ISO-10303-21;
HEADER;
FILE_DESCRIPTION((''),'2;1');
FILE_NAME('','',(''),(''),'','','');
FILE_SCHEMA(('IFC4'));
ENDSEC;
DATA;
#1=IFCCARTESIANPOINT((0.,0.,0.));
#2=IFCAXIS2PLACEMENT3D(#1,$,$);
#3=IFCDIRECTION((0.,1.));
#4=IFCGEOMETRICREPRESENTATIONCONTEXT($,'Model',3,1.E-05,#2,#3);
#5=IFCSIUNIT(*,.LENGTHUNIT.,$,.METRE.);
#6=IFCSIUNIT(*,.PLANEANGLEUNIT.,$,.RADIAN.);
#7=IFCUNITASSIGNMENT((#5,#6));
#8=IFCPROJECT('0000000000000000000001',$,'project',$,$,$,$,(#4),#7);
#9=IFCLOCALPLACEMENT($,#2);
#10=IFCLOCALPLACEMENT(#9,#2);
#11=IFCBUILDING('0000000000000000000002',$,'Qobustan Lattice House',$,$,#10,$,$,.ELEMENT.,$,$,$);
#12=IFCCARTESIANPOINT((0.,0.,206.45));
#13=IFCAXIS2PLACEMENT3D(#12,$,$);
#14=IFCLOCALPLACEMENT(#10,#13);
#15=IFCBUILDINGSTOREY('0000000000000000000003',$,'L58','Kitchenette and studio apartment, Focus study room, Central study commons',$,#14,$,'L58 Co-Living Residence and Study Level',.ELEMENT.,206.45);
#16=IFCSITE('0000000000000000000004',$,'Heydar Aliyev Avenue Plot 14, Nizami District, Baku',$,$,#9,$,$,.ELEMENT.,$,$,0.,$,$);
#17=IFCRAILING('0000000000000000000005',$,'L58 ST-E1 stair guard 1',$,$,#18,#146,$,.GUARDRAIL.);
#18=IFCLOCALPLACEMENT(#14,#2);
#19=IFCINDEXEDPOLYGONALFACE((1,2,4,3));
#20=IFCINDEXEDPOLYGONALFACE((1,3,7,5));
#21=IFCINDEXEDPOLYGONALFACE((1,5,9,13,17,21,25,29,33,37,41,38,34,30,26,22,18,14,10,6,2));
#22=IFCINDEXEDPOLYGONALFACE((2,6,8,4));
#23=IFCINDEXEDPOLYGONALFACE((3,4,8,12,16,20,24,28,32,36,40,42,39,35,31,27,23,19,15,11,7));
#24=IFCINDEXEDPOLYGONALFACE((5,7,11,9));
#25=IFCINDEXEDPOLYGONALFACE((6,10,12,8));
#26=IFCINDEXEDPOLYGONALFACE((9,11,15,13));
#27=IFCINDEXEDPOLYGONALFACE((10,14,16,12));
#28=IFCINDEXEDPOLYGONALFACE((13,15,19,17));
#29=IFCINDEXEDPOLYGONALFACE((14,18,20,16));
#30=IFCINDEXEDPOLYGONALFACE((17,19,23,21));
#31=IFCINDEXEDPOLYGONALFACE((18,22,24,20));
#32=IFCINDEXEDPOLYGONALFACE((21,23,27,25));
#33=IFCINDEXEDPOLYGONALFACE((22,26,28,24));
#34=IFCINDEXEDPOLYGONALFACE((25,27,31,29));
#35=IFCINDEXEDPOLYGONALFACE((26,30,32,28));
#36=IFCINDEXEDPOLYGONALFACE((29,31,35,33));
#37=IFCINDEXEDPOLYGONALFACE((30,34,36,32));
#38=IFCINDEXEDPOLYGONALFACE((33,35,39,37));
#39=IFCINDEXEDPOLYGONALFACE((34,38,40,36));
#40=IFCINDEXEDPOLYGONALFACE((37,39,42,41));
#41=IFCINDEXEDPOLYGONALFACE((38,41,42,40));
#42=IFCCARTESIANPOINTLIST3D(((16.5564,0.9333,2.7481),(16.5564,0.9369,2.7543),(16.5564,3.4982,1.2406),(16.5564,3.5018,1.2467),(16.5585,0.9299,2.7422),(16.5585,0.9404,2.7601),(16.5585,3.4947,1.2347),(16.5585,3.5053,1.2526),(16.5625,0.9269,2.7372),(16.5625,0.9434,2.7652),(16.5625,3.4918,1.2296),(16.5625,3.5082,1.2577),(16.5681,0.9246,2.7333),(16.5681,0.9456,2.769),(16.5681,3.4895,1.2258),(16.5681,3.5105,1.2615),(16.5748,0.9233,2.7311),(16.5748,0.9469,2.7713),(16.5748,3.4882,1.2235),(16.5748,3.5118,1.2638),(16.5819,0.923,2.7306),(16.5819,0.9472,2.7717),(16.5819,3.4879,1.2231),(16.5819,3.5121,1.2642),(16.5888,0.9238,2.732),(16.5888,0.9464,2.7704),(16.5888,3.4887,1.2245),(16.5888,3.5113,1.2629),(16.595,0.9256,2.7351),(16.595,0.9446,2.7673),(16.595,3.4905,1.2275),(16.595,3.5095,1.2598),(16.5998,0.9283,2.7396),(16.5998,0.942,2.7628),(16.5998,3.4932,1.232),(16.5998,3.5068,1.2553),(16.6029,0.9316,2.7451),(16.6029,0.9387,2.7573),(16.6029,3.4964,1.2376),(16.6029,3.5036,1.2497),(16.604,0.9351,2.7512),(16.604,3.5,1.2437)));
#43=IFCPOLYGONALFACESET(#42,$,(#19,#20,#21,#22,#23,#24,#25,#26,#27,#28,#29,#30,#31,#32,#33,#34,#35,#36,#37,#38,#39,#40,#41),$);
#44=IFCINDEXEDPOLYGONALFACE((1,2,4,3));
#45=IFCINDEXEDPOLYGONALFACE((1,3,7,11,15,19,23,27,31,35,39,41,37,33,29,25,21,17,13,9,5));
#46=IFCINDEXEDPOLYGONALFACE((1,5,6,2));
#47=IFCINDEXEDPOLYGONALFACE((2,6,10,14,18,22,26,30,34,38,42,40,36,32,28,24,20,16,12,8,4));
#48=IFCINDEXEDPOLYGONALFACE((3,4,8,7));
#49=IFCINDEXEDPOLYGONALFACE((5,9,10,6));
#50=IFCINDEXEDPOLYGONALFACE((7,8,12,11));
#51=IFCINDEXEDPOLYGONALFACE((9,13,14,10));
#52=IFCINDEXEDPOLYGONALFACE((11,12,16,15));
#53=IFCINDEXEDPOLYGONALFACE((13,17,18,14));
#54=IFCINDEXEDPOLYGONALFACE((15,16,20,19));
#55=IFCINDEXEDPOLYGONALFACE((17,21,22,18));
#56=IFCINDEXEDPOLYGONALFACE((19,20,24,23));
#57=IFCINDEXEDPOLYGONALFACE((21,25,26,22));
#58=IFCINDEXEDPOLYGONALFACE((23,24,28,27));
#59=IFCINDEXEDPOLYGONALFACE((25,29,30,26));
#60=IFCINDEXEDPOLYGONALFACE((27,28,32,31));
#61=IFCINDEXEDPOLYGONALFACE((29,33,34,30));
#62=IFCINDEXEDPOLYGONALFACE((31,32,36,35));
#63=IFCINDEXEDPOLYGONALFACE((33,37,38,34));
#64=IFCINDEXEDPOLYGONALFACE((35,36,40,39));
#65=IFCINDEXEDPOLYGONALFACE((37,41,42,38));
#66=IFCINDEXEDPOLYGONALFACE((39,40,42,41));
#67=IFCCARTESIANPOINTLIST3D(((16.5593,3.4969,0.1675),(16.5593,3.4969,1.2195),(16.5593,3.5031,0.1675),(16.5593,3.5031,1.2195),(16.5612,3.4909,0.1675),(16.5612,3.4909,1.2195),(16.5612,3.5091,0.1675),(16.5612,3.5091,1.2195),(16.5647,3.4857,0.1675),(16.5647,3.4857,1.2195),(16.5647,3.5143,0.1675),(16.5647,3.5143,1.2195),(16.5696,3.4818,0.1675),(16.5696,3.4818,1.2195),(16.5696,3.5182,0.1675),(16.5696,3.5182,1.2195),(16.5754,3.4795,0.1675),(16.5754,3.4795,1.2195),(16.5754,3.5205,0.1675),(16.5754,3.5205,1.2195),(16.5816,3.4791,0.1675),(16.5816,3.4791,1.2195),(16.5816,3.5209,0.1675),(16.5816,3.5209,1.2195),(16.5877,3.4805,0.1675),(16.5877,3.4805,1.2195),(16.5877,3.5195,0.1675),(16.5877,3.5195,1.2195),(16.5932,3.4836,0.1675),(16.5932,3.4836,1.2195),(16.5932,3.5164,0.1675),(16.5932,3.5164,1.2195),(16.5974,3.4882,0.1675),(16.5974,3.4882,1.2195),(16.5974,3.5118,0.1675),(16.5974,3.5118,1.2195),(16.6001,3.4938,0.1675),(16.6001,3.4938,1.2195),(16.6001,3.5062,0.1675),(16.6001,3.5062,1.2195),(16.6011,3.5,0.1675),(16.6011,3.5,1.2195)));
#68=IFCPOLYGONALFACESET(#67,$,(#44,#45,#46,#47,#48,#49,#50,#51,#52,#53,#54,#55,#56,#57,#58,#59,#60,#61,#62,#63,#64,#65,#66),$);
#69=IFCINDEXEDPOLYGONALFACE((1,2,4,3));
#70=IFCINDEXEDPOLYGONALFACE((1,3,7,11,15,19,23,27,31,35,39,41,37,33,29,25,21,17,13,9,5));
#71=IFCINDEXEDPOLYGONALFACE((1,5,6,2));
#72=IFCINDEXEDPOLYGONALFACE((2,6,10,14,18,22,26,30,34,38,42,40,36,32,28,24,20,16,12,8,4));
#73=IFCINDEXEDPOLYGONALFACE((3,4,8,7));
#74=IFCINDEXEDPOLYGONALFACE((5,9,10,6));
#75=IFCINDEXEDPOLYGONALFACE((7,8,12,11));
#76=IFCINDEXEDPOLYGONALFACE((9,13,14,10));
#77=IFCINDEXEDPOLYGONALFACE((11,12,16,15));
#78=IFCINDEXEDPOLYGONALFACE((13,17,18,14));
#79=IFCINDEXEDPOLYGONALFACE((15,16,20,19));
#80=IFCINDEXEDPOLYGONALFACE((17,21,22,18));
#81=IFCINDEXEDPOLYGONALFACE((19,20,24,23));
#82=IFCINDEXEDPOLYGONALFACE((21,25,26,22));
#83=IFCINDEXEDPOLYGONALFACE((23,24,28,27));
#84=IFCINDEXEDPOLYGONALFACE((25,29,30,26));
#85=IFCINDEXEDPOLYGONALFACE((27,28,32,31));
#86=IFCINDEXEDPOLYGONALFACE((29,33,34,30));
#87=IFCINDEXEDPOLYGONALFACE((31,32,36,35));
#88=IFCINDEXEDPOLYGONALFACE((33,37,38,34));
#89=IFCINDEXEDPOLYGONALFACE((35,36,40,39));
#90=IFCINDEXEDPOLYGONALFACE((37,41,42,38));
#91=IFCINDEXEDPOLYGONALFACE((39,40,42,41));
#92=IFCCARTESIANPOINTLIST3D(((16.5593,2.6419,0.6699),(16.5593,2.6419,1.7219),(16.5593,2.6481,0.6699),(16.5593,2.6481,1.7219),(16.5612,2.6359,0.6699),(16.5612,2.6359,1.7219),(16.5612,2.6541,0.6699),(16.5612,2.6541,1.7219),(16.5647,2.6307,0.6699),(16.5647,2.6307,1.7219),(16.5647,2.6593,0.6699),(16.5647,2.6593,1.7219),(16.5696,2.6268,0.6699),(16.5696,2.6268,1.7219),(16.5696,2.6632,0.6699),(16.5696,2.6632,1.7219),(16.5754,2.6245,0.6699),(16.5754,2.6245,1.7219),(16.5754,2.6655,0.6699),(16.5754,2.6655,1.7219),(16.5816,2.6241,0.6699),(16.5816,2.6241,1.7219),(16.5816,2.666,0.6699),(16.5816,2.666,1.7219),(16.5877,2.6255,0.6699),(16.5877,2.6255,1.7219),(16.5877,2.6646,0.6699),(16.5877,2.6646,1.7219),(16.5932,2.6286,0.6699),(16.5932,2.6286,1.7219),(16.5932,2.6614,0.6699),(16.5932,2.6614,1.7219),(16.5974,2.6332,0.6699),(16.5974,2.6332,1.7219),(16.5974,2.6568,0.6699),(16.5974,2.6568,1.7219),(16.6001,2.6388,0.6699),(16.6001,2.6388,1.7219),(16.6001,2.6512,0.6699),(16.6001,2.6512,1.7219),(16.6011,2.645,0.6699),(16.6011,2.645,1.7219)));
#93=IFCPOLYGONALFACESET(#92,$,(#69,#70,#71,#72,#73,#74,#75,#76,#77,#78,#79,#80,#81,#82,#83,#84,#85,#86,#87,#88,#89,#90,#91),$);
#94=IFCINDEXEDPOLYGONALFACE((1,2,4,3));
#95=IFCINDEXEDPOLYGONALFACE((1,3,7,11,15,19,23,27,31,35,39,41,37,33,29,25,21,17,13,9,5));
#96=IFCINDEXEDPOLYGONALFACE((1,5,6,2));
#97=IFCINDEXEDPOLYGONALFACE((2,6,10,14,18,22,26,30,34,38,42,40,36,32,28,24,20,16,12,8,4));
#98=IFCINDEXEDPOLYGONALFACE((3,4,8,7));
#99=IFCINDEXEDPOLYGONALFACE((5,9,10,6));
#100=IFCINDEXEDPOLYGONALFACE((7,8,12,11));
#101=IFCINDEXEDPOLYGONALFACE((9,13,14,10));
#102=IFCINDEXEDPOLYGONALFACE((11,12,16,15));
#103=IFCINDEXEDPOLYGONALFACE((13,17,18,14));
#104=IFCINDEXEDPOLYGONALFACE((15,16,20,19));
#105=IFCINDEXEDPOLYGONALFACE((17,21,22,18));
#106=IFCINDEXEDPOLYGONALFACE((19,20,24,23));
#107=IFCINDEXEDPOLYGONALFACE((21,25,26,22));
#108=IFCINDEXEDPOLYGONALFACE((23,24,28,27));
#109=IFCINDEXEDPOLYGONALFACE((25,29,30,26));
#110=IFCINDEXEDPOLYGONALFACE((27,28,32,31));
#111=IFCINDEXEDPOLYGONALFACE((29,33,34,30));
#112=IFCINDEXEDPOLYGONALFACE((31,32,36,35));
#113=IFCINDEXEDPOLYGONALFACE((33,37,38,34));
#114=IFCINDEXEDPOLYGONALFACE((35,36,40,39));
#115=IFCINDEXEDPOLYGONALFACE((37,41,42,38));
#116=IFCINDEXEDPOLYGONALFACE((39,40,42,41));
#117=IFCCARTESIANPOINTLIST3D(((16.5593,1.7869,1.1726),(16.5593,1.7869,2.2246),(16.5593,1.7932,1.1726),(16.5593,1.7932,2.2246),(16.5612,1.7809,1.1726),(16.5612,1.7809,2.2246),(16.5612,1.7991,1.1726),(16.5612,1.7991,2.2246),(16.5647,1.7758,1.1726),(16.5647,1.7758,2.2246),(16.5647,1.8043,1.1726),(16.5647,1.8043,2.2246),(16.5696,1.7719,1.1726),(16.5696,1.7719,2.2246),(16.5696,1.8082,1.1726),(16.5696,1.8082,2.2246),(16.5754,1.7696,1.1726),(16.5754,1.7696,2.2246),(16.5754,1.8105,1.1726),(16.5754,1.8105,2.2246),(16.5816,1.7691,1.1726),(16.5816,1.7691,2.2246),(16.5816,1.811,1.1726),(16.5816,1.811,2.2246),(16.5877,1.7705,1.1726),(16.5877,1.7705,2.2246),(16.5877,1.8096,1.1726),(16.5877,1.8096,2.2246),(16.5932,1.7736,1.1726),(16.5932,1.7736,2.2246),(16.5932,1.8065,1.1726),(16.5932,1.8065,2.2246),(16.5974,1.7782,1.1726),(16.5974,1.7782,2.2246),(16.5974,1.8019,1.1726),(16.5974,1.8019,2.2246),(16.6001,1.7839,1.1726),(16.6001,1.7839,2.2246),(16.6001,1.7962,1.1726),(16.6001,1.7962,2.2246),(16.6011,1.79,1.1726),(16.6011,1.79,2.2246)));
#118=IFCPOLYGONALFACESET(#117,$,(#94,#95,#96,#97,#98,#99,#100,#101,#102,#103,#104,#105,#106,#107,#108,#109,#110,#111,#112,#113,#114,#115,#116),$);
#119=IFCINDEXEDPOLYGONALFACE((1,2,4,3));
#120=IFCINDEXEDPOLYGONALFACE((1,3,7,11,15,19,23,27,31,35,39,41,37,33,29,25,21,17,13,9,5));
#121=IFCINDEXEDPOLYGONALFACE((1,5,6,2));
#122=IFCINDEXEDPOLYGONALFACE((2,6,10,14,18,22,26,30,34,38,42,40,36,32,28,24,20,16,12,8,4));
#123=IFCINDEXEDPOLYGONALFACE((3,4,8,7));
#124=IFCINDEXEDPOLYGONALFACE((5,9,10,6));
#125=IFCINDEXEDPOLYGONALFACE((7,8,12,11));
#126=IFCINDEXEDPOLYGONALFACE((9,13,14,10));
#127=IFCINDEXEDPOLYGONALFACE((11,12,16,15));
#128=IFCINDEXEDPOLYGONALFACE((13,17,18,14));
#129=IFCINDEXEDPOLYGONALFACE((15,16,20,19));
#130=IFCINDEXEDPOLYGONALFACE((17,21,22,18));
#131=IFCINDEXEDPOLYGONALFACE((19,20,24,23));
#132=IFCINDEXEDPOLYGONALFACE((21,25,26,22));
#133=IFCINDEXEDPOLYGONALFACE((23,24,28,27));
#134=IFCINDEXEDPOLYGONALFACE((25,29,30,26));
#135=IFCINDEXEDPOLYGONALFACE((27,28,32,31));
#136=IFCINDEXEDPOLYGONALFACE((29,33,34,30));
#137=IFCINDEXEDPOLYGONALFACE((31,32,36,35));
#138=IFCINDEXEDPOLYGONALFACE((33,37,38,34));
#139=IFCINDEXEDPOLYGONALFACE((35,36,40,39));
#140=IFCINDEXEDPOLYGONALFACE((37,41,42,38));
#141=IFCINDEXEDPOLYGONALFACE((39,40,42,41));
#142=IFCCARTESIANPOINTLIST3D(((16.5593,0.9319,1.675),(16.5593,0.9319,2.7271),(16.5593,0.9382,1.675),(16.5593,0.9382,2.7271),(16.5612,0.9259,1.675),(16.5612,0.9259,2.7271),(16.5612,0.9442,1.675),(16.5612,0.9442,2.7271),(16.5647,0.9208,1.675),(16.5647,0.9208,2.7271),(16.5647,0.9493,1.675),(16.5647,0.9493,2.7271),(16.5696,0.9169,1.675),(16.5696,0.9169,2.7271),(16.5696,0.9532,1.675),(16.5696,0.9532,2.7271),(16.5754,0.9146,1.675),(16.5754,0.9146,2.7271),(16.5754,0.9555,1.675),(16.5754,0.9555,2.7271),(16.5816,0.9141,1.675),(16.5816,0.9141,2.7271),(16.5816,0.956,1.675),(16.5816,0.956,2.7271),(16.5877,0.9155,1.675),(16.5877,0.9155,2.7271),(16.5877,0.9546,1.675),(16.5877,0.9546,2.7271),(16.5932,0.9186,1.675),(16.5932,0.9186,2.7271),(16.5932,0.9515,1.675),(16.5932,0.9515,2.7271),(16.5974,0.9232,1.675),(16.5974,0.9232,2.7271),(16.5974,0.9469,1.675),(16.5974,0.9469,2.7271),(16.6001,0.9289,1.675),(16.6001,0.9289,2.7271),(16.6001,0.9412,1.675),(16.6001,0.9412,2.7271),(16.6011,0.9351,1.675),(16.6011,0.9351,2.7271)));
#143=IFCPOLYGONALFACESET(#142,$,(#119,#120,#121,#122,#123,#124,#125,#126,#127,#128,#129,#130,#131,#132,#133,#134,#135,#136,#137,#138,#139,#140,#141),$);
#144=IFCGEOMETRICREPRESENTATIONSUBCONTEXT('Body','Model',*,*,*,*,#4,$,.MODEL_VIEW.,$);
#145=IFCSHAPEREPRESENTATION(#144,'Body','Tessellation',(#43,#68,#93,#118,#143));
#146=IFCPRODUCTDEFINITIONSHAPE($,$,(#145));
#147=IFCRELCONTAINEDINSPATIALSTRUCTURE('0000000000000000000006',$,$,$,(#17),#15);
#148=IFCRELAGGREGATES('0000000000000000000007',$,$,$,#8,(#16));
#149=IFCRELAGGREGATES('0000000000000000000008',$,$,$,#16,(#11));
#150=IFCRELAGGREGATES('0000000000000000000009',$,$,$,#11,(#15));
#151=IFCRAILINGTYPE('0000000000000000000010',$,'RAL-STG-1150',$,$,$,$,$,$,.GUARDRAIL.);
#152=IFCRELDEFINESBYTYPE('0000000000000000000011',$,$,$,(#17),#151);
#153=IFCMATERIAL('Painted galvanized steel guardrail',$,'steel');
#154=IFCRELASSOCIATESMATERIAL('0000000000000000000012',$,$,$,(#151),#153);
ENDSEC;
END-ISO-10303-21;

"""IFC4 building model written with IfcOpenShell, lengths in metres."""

from ifc_helpers import new_model, si_unit, direction, frame, origin, origin_2d, place, context, subcontext, project, spatial, circle, extrude, material, type_object, element, save


model = new_model("IFC4")

# Units and contexts
model_context = context("Model", 3, precision=1e-05, world=origin(), true_north=direction((0.0, 1.0)))
body_context = subcontext(model_context, "Body", "Model", "MODEL_VIEW")
ifc_project = project(units=[si_unit("LENGTHUNIT", "METRE"), si_unit("PLANEANGLEUNIT", "RADIAN")], contexts=[model_context])

# Site, building, storey
site_placement = place(None, origin())
site = spatial("IfcSite", under=ifc_project, at=site_placement, Name="Heydar Aliyev Avenue Plot 14, Nizami District, Baku", CompositionType="ELEMENT", RefElevation=0.0)
building_placement = place(site_placement, origin())
building = spatial("IfcBuilding", under=site, at=building_placement, Name="Qobustan Lattice House", CompositionType="ELEMENT")
storey_placement = place(building_placement, frame((0.0, 0.0, 206.45)))
storey = spatial("IfcBuildingStorey", under=building, at=storey_placement, Name="L58", Description="Kitchenette and studio apartment, Focus study room, Central study commons", LongName="L58 Co-Living Residence and Study Level", CompositionType="ELEMENT", Elevation=206.45)

# Railing
ifc_material_1 = material(Name="Painted galvanized steel guardrail", Category="steel")
railing_type_1 = type_object("IfcRailingType", Name="RAL-STG-1150", PredefinedType="GUARDRAIL", material=ifc_material_1)
railing_1_placement = place(storey_placement, frame((16.5801, 3.5, 0.1675)))
element("IfcRailing", 1, at=railing_1_placement, inside=storey, type_object=railing_type_1, Name="L58 ST-E1 stair guard 1", PredefinedType="GUARDRAIL", context=body_context, shape_type="SweptSolid", body=[
    extrude(circle(Radius=0.0239, at=origin_2d()), frame((0.0, 0.0, 1.0762), z_axis=(0.0, -0.862113, 0.506715), x_axis=(1.0, 0.0, 0.0)), (0.0, 0.0, 1.0), 2.9751),
    extrude(circle(Radius=0.021, at=origin_2d()), origin(), (0.0, 0.0, 1.0), 1.052),
    extrude(circle(Radius=0.021, at=origin_2d()), frame((0.0, -0.855, 0.5024)), (0.0, 0.0, 1.0), 1.052),
    extrude(circle(Radius=0.021, at=origin_2d()), frame((0.0, -1.71, 1.0051)), (0.0, 0.0, 1.0), 1.052),
    extrude(circle(Radius=0.021, at=origin_2d()), frame((0.0, -2.5649, 1.5076)), (0.0, 0.0, 1.0), 1.052),
])

save(model, "model.ifc")
